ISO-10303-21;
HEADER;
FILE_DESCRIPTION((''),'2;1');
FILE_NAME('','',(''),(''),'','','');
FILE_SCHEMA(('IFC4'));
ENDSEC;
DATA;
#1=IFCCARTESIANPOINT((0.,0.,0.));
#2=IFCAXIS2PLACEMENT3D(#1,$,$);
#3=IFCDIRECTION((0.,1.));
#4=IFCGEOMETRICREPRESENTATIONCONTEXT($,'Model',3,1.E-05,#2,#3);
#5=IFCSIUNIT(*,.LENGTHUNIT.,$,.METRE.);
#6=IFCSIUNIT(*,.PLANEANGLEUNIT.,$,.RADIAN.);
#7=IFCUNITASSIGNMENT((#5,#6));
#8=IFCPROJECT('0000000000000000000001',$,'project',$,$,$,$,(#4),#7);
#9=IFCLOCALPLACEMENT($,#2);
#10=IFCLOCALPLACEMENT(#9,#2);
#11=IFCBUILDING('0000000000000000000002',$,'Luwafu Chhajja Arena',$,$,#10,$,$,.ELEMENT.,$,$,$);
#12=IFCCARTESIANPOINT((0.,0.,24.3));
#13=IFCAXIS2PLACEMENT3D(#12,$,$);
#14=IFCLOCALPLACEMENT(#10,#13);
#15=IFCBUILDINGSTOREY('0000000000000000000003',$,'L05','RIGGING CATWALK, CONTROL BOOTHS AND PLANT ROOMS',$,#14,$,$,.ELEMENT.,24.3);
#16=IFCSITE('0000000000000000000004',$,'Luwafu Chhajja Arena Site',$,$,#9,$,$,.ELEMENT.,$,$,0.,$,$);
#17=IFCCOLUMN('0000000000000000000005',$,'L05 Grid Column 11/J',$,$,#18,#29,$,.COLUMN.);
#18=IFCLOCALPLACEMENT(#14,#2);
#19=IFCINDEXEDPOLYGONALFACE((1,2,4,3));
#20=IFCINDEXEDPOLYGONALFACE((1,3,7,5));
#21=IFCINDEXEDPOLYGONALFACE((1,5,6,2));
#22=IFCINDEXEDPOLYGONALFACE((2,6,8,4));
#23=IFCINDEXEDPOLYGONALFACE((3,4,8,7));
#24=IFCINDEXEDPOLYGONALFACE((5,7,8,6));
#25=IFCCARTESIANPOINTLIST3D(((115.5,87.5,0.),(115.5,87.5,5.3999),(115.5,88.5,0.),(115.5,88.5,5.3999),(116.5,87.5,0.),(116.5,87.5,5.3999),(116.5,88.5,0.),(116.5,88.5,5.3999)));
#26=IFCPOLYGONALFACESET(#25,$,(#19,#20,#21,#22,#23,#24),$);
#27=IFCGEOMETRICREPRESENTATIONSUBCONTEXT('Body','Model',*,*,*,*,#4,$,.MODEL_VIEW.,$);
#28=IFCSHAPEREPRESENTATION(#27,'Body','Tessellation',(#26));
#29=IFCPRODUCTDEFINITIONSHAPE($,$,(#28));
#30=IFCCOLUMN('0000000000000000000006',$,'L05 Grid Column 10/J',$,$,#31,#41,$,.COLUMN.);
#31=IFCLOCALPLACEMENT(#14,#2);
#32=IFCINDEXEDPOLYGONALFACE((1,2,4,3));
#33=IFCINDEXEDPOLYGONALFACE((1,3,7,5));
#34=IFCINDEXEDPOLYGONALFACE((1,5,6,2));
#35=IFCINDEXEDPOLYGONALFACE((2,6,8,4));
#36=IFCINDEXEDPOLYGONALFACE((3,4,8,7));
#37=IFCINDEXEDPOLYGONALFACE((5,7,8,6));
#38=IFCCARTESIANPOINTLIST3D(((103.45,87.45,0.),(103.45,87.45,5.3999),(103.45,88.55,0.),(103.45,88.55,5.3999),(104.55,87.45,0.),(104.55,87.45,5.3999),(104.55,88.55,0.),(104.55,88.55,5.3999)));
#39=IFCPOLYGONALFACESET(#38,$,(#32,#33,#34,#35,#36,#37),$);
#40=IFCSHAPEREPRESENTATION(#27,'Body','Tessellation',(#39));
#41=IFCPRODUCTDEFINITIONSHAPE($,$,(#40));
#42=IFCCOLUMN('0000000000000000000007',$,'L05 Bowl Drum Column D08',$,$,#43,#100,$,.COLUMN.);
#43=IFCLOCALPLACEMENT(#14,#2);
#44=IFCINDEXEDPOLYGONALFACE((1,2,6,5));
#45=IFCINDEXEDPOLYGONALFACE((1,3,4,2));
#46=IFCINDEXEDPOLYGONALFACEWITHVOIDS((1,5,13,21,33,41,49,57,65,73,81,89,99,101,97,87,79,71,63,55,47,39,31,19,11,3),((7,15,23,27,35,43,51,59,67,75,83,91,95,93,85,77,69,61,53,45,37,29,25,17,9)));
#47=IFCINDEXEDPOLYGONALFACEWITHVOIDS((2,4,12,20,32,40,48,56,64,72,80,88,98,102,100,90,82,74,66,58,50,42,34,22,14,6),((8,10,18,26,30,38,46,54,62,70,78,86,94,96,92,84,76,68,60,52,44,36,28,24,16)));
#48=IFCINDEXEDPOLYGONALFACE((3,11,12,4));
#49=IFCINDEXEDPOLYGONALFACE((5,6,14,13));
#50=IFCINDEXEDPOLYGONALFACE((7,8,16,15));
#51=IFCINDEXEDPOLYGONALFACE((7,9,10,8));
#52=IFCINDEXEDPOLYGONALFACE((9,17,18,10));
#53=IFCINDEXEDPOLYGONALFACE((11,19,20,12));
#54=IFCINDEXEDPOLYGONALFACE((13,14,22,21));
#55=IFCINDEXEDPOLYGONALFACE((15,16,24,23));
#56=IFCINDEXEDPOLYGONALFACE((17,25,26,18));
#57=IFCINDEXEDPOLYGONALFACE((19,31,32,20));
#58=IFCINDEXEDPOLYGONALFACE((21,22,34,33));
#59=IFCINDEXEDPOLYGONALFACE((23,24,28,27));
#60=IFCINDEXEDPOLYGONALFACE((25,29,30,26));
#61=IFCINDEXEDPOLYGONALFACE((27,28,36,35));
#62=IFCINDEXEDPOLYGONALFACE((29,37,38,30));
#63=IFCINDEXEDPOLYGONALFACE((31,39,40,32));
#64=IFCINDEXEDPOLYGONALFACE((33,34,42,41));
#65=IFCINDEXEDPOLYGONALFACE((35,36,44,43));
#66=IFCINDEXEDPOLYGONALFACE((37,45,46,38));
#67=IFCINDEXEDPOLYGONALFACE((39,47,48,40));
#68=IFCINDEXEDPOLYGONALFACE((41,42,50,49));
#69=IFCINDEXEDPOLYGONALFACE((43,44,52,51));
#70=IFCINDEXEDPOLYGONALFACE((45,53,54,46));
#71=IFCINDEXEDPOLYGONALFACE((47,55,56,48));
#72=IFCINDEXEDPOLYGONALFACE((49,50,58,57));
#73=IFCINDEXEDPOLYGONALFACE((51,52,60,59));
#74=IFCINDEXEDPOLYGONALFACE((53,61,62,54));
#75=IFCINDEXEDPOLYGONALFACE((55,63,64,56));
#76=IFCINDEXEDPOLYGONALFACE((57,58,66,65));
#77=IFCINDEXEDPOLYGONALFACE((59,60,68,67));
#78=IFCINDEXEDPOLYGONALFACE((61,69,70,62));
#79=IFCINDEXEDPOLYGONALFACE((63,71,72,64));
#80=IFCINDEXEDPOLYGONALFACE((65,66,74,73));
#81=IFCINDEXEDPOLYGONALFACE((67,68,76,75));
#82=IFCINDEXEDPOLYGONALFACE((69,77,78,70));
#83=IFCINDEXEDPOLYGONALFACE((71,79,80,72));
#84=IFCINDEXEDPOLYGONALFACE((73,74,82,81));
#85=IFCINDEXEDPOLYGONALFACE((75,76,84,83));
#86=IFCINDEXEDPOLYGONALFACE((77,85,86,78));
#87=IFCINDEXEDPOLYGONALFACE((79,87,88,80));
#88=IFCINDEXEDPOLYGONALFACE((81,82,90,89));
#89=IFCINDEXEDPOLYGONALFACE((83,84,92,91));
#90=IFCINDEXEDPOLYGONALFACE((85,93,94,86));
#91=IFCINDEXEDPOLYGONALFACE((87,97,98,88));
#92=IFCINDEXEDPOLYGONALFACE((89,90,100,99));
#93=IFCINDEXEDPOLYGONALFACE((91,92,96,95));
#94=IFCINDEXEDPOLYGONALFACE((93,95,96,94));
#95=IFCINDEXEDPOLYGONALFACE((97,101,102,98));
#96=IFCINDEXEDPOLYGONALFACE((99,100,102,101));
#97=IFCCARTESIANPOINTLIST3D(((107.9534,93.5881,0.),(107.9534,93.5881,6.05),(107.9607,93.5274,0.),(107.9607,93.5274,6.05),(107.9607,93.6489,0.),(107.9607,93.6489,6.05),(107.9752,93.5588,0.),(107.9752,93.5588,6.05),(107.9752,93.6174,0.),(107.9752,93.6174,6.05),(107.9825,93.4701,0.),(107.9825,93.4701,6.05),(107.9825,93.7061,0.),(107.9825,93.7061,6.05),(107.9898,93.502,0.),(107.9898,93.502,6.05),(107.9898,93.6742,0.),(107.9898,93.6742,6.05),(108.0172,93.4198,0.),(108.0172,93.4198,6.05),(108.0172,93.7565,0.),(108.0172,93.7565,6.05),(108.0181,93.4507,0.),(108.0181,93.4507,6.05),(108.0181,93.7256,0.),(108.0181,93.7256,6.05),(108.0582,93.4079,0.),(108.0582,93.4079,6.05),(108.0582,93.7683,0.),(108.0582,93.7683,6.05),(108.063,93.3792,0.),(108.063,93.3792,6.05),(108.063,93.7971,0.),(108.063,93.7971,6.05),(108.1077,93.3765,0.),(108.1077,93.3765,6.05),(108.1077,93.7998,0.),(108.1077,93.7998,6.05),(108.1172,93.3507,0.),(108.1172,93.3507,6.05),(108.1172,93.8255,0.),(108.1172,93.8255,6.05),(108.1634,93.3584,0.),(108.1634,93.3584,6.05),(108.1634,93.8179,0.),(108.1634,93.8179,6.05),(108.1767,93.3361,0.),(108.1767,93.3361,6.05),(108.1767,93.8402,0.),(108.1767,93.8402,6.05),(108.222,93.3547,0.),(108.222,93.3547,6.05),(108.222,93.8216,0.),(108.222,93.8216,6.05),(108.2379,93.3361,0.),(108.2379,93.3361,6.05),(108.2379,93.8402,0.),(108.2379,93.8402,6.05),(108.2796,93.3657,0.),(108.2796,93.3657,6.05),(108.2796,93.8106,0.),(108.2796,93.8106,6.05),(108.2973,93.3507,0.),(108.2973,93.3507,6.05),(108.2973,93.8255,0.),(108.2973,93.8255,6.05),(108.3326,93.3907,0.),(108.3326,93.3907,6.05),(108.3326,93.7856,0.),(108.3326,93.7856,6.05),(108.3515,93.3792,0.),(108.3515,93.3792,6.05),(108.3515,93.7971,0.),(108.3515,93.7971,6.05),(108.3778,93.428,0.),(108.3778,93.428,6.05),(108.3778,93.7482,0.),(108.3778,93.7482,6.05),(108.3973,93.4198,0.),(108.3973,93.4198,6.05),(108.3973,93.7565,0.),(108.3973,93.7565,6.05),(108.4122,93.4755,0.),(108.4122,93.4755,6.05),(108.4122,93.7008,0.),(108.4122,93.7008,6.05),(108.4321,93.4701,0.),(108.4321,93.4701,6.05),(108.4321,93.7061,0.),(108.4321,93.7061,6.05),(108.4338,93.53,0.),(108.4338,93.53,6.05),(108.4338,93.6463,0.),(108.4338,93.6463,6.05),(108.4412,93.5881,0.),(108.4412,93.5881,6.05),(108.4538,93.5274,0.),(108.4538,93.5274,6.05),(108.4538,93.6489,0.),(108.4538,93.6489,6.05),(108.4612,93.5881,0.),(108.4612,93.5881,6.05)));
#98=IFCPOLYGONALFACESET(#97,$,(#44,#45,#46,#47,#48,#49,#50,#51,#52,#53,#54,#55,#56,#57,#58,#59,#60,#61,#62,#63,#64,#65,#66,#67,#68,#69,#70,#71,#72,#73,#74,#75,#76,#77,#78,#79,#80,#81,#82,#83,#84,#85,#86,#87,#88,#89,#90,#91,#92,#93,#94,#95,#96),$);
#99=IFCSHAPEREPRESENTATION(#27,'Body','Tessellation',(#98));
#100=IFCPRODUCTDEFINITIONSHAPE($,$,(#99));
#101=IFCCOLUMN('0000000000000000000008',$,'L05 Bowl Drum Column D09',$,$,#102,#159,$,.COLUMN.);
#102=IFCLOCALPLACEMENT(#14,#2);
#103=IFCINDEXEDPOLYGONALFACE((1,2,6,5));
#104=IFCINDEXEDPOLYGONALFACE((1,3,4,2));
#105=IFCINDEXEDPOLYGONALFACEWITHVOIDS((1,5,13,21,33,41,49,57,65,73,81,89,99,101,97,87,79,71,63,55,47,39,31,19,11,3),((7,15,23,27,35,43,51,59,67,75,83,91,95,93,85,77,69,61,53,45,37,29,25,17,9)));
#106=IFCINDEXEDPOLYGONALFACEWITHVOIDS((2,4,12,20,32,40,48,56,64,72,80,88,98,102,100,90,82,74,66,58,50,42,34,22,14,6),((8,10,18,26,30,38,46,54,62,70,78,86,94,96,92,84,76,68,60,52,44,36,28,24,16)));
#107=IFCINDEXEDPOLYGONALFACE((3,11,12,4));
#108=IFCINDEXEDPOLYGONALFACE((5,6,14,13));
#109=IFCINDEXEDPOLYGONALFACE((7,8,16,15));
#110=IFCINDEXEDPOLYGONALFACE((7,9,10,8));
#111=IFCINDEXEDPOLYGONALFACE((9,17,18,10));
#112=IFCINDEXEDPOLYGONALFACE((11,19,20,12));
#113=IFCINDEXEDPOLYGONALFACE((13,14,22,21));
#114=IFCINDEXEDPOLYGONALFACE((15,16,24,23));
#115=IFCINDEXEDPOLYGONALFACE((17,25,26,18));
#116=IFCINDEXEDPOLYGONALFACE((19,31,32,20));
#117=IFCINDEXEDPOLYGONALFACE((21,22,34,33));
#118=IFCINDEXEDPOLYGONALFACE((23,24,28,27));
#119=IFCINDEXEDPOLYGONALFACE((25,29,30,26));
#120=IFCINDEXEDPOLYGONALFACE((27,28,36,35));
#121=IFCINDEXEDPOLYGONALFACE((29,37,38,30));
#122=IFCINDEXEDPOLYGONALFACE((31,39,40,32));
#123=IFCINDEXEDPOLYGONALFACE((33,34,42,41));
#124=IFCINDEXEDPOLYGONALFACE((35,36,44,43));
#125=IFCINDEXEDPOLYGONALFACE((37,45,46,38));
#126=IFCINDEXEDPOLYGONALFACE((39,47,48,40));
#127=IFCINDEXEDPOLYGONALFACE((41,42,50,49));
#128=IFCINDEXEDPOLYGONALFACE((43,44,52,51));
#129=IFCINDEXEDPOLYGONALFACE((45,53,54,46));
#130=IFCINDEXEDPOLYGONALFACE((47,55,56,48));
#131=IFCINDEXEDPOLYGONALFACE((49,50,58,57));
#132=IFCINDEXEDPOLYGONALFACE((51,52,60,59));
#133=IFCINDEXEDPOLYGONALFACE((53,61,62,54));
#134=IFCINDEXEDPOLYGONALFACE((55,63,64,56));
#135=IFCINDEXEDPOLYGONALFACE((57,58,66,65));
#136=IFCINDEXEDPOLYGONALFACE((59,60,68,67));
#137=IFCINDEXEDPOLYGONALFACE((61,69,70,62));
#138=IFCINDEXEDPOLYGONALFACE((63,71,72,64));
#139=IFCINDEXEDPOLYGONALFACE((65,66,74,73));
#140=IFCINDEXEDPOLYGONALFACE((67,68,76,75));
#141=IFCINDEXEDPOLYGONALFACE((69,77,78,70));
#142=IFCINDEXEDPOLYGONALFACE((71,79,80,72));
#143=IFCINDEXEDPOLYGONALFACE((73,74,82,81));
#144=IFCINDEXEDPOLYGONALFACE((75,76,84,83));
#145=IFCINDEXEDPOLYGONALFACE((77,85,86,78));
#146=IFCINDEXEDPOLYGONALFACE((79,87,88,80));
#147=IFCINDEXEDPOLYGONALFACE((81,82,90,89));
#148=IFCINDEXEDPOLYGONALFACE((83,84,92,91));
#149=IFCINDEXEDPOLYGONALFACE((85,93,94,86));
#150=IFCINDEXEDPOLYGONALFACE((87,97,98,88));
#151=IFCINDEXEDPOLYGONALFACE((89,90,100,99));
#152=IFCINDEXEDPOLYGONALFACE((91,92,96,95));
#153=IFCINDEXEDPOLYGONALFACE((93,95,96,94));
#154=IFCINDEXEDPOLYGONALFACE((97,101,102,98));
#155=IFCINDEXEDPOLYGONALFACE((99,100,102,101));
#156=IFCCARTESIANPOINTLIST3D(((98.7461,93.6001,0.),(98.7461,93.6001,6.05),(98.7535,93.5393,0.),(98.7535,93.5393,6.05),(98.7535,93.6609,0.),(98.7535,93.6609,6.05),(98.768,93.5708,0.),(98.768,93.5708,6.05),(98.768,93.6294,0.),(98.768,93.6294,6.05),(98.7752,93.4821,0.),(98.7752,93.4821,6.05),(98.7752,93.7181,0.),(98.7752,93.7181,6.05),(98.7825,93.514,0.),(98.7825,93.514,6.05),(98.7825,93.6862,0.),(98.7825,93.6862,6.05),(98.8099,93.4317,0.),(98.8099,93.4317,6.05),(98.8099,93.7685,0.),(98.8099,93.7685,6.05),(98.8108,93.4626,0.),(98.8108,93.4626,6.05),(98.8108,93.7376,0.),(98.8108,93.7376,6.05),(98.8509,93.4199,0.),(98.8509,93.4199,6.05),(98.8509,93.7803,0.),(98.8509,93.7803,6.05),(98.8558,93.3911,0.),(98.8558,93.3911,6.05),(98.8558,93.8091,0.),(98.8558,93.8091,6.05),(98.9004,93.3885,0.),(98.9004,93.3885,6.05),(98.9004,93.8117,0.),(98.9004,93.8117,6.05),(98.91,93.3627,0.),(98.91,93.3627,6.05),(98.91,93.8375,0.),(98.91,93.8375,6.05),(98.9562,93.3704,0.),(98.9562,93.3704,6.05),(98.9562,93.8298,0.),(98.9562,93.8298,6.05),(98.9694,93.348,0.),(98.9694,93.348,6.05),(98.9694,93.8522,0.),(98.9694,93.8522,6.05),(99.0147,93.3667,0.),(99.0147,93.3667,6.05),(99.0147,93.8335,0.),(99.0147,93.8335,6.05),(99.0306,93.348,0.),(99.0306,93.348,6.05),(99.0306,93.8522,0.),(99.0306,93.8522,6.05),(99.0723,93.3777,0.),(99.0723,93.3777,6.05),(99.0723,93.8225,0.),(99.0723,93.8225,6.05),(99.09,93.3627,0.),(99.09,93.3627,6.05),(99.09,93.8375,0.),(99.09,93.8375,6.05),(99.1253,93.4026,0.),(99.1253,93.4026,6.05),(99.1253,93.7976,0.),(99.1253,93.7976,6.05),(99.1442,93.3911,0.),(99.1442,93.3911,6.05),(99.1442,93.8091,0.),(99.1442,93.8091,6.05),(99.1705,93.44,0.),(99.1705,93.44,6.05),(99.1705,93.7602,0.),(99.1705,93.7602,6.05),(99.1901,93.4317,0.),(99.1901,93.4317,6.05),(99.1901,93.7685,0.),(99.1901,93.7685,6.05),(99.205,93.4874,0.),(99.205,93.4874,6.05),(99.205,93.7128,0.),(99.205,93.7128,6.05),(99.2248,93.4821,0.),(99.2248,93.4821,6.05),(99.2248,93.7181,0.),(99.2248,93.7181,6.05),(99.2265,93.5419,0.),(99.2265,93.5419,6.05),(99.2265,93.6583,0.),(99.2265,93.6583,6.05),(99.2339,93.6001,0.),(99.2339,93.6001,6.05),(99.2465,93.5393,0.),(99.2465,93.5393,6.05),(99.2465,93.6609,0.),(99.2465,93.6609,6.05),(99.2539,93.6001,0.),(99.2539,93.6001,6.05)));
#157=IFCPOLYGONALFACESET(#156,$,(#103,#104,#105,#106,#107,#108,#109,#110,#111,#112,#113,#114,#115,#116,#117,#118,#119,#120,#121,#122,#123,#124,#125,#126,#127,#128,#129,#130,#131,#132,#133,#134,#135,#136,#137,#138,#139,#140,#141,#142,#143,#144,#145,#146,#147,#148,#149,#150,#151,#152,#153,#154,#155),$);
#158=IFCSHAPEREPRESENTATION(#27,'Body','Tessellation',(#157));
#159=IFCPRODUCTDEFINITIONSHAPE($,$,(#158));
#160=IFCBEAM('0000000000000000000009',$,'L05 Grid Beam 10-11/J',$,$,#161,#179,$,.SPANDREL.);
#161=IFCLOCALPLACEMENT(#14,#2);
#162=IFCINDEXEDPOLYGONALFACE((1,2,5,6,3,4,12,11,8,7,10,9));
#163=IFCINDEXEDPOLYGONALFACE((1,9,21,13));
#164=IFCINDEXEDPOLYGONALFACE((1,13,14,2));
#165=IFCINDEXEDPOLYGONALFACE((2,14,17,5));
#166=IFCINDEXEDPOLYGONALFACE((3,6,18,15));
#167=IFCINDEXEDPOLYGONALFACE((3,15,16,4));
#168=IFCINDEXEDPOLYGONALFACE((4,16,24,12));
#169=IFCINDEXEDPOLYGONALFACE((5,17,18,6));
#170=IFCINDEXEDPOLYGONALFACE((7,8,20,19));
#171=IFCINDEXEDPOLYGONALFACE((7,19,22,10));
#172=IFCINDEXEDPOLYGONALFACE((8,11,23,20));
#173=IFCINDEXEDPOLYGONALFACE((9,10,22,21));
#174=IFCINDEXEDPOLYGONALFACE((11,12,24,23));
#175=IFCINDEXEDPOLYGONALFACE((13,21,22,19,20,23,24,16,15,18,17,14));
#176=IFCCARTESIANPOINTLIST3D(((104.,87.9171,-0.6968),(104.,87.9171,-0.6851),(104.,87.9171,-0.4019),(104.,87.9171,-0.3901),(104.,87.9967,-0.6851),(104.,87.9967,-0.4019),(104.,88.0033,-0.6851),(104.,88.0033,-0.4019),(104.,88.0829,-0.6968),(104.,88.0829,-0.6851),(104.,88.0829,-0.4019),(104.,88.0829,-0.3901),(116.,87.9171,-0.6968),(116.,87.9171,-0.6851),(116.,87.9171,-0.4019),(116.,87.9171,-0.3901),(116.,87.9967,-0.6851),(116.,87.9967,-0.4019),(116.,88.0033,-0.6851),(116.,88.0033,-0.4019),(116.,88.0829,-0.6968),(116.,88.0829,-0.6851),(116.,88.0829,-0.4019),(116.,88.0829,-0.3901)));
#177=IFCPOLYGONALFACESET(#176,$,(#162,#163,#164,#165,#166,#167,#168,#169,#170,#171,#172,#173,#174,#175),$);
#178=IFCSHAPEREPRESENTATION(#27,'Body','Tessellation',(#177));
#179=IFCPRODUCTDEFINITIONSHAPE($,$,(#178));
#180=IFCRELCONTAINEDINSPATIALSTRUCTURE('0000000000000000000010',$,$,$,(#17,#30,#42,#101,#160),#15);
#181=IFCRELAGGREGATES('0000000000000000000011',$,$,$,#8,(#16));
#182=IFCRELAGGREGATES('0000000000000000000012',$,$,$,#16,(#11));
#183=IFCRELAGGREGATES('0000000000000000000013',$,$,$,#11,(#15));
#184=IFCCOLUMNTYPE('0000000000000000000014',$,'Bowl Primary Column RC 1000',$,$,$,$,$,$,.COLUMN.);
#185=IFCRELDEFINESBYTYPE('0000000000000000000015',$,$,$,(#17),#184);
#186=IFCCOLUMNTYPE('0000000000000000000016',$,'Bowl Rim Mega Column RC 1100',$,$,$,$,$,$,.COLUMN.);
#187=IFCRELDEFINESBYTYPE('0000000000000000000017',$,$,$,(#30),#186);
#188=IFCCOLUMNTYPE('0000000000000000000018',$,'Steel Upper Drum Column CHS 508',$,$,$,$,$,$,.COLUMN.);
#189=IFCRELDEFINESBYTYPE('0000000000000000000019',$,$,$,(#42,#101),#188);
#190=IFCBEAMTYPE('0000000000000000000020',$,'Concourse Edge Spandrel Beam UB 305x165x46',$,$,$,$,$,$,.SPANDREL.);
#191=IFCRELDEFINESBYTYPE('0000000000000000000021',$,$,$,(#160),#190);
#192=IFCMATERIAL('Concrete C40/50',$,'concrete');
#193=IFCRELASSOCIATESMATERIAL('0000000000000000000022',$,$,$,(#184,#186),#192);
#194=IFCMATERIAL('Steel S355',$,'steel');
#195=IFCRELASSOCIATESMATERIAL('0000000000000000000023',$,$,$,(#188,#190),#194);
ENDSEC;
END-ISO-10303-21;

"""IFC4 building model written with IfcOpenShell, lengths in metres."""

from ifc_helpers import new_model, si_unit, direction, frame, origin, origin_2d, place, context, subcontext, project, spatial, rectangle, hollow_circle, i_section, extrude, material, material_profile, profile_set, type_object, element, save


model = new_model("IFC4")

# Units and contexts
model_context = context("Model", 3, precision=1e-05, world=origin(), true_north=direction((0.0, 1.0)))
body_context = subcontext(model_context, "Body", "Model", "MODEL_VIEW")
ifc_project = project(units=[si_unit("LENGTHUNIT", "METRE"), si_unit("PLANEANGLEUNIT", "RADIAN")], contexts=[model_context])

# Site, building, storey
site_placement = place(None, origin())
site = spatial("IfcSite", under=ifc_project, at=site_placement, Name="Luwafu Chhajja Arena Site", CompositionType="ELEMENT", RefElevation=0.0)
building_placement = place(site_placement, origin())
building = spatial("IfcBuilding", under=site, at=building_placement, Name="Luwafu Chhajja Arena", CompositionType="ELEMENT")
storey_placement = place(building_placement, frame((0.0, 0.0, 24.3)))
storey = spatial("IfcBuildingStorey", under=building, at=storey_placement, Name="L05", Description="RIGGING CATWALK, CONTROL BOOTHS AND PLANT ROOMS", CompositionType="ELEMENT", Elevation=24.3)

# Columns
ifc_material_1 = material(Name="Concrete C40/50", Category="concrete")
ifc_material_profile_1 = material_profile(ifc_material_1, rectangle(XDim=1.0, YDim=1.0, at=origin_2d()), Name="RC 1000x1000")
ifc_profile_set_1 = profile_set([ifc_material_profile_1], Name="Concrete C40/50")
column_type_1 = type_object("IfcColumnType", Name="Bowl Primary Column RC 1000", PredefinedType="COLUMN", material=ifc_profile_set_1)
column_1_placement = place(storey_placement, frame((116.0, 88.0, 0.0), z_axis=(0.0, 0.0, 1.0), x_axis=(1.0, 0.0, 0.0)))
element("IfcColumn", 1, at=column_1_placement, inside=storey, type_object=column_type_1, Name="L05 Grid Column 11/J", PredefinedType="COLUMN", context=body_context, shape_type="SweptSolid", body=[
    extrude(rectangle(XDim=1.0, YDim=1.0, at=origin_2d()), origin(), (0.0, 0.0, 1.0), 5.3999),
])
ifc_material_profile_2 = material_profile(ifc_material_1, rectangle(XDim=1.1001, YDim=1.1001, at=origin_2d()), Name="RC 1100x1100")
ifc_profile_set_2 = profile_set([ifc_material_profile_2], Name="Concrete C40/50")
column_type_2 = type_object("IfcColumnType", Name="Bowl Rim Mega Column RC 1100", PredefinedType="COLUMN", material=ifc_profile_set_2)
column_2_placement = place(storey_placement, frame((104.0, 88.0, 0.0), z_axis=(0.0, 0.0, 1.0), x_axis=(1.0, 0.0, 0.0)))
element("IfcColumn", 2, at=column_2_placement, inside=storey, type_object=column_type_2, Name="L05 Grid Column 10/J", PredefinedType="COLUMN", context=body_context, shape_type="SweptSolid", body=[
    extrude(rectangle(XDim=1.1001, YDim=1.1001, at=origin_2d()), origin(), (0.0, 0.0, 1.0), 5.3999),
])
ifc_material_2 = material(Name="Steel S355", Category="steel")
ifc_material_profile_3 = material_profile(ifc_material_2, hollow_circle(Radius=0.2539, WallThickness=0.02, at=origin_2d()), Name="CHS 508x20")
ifc_profile_set_3 = profile_set([ifc_material_profile_3], Name="Steel S355")
column_type_3 = type_object("IfcColumnType", Name="Steel Upper Drum Column CHS 508", PredefinedType="COLUMN", material=ifc_profile_set_3)
for number, where, z_axis, x_axis, name in (
    (3, (108.2073, 93.5881, 0.0), (0.0, 0.0, 1.0), (1.0, 0.0, 0.0), "L05 Bowl Drum Column D08"),
    (4, (99.0, 93.6001, 0.0), (0.0, 0.0, 1.0), (1.0, 0.0, 0.0), "L05 Bowl Drum Column D09"),
):
    element("IfcColumn", number, at=place(storey_placement, frame(where, z_axis=z_axis, x_axis=x_axis)), inside=storey, type_object=column_type_3, Name=name, PredefinedType="COLUMN", context=body_context, shape_type="SweptSolid", body=[
        extrude(hollow_circle(Radius=0.2539, WallThickness=0.02, at=origin_2d()), origin(), (0.0, 0.0, 1.0), 6.05),
    ])

# Beam
ifc_material_profile_4 = material_profile(ifc_material_2, i_section(OverallWidth=0.1658, OverallDepth=0.3066, WebThickness=0.0066, FlangeThickness=0.0117, at=origin_2d()), Name="UB 305x165x46")
ifc_profile_set_4 = profile_set([ifc_material_profile_4], Name="Steel S355")
beam_type_1 = type_object("IfcBeamType", Name="Concourse Edge Spandrel Beam UB 305x165x46", PredefinedType="SPANDREL", material=ifc_profile_set_4)
beam_1_placement = place(storey_placement, frame((104.0, 88.0, -0.5435), z_axis=(1.0, 0.0, 0.0), x_axis=(0.0, 1.0, 0.0)))
element("IfcBeam", 5, at=beam_1_placement, inside=storey, type_object=beam_type_1, Name="L05 Grid Beam 10-11/J", PredefinedType="SPANDREL", context=body_context, shape_type="SweptSolid", body=[
    extrude(i_section(OverallWidth=0.1658, OverallDepth=0.3066, WebThickness=0.0066, FlangeThickness=0.0117, at=origin_2d()), origin(), (0.0, 0.0, 1.0), 12.0),
])

save(model, "model.ifc")
